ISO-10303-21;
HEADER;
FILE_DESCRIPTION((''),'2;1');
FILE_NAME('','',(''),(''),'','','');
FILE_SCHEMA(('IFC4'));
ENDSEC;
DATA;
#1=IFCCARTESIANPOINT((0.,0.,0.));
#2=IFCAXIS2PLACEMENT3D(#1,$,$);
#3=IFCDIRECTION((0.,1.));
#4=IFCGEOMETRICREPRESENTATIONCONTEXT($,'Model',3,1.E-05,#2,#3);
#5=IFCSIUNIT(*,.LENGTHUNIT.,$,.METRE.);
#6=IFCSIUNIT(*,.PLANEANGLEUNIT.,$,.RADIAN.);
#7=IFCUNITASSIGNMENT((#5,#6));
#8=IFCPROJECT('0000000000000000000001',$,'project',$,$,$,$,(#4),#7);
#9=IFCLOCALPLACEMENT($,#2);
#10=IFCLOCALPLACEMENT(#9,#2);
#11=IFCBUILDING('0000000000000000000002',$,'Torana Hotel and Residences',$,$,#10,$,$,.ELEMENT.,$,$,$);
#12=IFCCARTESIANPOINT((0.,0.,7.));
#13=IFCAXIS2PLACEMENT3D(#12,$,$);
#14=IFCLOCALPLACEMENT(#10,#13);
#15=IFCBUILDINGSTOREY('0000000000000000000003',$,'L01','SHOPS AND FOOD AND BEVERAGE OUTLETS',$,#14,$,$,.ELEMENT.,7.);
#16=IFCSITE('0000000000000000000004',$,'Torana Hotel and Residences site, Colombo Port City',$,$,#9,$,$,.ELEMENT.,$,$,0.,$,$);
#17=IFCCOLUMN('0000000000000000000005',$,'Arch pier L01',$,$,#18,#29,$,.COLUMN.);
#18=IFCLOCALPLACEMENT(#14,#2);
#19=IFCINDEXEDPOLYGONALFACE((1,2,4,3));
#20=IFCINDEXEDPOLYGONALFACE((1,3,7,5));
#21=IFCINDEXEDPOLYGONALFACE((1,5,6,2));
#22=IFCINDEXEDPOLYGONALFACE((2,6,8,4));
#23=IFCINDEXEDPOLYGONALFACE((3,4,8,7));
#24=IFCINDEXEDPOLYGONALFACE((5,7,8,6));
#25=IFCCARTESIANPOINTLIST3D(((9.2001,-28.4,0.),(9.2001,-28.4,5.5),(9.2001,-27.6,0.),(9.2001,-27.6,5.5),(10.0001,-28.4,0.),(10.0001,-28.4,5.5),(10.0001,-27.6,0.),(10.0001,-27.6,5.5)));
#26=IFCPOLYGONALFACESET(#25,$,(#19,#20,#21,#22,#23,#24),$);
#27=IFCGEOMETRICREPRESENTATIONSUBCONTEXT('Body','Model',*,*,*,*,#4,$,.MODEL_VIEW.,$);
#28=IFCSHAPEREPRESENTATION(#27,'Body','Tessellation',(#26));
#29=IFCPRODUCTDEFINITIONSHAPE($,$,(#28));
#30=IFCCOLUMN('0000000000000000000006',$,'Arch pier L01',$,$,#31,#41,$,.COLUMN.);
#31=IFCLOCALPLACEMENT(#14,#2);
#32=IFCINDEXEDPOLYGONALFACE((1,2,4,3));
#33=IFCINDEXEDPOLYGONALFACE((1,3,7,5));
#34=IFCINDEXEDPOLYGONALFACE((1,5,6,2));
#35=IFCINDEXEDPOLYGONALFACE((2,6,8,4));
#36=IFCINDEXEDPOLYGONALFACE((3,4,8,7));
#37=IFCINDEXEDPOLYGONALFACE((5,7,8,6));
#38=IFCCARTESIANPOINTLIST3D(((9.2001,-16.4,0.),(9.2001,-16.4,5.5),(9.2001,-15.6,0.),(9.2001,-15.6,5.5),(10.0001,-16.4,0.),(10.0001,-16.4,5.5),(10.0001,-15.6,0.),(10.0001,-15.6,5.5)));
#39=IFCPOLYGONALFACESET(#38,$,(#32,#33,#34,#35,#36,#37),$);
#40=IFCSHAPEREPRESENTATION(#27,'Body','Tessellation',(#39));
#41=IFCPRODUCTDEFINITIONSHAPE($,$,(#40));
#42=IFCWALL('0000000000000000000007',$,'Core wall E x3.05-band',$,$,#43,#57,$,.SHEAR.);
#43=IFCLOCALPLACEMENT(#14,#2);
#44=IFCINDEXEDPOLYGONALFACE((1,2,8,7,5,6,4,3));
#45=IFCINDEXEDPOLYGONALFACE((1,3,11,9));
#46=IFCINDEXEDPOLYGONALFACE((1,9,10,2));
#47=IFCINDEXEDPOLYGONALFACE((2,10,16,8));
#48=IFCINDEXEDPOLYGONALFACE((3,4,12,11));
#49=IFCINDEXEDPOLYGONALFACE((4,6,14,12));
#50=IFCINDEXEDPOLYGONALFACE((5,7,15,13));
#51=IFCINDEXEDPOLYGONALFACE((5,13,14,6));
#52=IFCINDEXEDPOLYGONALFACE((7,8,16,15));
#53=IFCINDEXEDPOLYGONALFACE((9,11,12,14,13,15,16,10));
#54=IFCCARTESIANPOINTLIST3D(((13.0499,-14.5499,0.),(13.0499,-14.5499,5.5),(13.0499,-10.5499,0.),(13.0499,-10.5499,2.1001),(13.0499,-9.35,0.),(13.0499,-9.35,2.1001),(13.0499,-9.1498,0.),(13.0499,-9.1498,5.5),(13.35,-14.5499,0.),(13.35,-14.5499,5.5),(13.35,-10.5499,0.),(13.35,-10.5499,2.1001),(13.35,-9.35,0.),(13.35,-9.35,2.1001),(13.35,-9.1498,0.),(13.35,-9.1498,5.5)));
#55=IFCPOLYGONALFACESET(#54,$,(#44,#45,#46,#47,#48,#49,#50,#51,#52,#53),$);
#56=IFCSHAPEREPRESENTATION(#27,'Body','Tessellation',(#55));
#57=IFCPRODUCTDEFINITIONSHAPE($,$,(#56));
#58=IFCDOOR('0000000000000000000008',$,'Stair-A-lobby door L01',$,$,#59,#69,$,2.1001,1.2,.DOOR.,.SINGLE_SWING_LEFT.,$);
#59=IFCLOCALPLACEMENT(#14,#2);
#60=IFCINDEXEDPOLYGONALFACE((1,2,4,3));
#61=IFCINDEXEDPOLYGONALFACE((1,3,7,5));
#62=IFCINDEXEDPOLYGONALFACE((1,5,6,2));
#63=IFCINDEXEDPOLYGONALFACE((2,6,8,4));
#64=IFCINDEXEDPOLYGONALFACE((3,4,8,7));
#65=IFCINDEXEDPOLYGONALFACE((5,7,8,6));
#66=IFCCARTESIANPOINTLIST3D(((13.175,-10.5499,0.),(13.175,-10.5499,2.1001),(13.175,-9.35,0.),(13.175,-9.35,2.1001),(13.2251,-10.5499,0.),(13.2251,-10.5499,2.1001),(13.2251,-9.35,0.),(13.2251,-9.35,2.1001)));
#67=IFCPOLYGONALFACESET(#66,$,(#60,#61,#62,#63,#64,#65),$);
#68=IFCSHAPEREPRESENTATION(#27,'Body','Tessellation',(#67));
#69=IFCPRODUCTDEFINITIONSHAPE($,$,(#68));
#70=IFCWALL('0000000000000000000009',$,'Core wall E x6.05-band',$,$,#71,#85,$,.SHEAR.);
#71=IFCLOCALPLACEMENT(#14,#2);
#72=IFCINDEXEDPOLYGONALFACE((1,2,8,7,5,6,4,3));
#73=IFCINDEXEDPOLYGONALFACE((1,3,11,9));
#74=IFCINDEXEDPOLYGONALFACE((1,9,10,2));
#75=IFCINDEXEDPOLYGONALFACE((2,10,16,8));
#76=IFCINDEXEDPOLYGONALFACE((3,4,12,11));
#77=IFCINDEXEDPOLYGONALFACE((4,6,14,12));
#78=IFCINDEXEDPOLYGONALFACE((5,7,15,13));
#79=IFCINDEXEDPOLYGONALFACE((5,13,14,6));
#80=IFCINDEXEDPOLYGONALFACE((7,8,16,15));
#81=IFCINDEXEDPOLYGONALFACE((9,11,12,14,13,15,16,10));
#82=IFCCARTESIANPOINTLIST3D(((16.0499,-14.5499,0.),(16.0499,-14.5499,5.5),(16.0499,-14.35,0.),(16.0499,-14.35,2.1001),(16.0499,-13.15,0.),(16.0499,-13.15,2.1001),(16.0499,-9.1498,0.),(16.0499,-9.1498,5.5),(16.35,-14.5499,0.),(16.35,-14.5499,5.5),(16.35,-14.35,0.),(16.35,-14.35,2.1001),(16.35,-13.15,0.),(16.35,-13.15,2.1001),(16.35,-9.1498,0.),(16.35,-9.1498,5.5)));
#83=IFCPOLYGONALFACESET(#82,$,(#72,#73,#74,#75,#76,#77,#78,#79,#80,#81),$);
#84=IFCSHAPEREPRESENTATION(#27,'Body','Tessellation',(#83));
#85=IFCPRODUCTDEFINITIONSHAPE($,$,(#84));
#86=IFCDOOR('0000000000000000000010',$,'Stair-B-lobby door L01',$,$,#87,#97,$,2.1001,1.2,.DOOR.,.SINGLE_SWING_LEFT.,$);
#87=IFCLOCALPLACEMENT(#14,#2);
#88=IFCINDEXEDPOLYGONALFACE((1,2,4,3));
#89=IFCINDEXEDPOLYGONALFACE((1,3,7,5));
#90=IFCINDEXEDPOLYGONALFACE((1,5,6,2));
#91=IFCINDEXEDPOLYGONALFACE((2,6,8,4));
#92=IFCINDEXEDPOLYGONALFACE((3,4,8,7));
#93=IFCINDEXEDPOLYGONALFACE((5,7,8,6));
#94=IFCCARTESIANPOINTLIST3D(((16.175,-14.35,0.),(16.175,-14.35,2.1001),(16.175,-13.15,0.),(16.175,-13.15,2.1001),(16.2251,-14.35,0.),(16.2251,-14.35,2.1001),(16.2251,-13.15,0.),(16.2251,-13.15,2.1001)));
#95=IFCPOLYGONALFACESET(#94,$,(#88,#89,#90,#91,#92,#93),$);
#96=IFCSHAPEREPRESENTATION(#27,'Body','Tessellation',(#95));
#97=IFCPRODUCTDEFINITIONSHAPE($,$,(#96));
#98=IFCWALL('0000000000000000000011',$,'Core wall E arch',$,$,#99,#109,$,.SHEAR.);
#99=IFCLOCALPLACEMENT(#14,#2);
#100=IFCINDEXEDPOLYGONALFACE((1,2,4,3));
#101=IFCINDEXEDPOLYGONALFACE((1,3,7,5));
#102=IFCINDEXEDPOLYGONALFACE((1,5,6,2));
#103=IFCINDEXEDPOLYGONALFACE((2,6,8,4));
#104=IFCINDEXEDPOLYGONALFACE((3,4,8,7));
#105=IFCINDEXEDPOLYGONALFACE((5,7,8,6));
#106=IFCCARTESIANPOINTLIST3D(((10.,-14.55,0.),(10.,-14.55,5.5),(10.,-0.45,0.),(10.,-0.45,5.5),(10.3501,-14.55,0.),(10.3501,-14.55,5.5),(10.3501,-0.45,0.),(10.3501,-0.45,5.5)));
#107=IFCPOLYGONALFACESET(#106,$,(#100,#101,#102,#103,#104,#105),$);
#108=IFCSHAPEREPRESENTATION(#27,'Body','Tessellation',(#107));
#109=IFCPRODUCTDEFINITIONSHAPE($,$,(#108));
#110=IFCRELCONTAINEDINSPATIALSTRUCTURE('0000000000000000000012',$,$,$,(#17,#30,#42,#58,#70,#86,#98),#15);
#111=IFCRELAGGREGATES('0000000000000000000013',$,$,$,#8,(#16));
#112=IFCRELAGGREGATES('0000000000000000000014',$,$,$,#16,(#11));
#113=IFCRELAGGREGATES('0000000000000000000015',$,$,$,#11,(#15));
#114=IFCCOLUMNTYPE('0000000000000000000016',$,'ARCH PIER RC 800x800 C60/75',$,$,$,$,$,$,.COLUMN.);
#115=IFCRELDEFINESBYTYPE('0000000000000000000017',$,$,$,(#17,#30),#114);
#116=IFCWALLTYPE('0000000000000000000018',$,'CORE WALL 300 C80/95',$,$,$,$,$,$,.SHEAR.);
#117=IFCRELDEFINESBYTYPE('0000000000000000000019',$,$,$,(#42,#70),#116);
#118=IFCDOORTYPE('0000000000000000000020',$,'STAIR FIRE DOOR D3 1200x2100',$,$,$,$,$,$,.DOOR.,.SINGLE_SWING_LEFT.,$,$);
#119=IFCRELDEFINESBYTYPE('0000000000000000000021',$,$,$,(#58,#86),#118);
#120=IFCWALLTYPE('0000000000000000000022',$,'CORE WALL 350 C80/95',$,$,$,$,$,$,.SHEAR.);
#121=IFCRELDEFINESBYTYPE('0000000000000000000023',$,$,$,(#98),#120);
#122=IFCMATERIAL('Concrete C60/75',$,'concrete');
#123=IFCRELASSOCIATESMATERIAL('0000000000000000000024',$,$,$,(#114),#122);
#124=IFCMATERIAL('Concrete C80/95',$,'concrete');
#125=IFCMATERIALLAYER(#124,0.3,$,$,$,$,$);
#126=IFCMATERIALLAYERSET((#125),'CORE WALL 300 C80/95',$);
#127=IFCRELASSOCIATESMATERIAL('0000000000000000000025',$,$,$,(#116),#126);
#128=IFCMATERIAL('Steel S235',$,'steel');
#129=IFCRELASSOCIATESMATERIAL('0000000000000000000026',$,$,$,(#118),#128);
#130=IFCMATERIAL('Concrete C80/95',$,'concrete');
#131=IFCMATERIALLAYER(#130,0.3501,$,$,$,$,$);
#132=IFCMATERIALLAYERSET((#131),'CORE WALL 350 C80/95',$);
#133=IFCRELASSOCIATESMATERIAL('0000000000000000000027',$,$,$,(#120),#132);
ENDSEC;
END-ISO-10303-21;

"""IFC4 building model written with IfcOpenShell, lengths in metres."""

from ifc_helpers import new_model, si_unit, direction, frame, frame_2d, origin, origin_2d, place, context, subcontext, project, spatial, rectangle, extrude, material, layer, layer_set, material_profile, profile_set, type_object, element, fill, save


model = new_model("IFC4")

# Units and contexts
model_context = context("Model", 3, precision=1e-05, world=origin(), true_north=direction((0.0, 1.0)))
body_context = subcontext(model_context, "Body", "Model", "MODEL_VIEW")
ifc_project = project(units=[si_unit("LENGTHUNIT", "METRE"), si_unit("PLANEANGLEUNIT", "RADIAN")], contexts=[model_context])

# Site, building, storey
site_placement = place(None, origin())
site = spatial("IfcSite", under=ifc_project, at=site_placement, Name="Torana Hotel and Residences site, Colombo Port City", CompositionType="ELEMENT", RefElevation=0.0)
building_placement = place(site_placement, origin())
building = spatial("IfcBuilding", under=site, at=building_placement, Name="Torana Hotel and Residences", CompositionType="ELEMENT")
storey_placement = place(building_placement, frame((0.0, 0.0, 7.0)))
storey = spatial("IfcBuildingStorey", under=building, at=storey_placement, Name="L01", Description="SHOPS AND FOOD AND BEVERAGE OUTLETS", CompositionType="ELEMENT", Elevation=7.0)

# Columns
ifc_material_1 = material(Name="Concrete C60/75", Category="concrete")
ifc_material_profile = material_profile(ifc_material_1, rectangle(XDim=0.8, YDim=0.8, at=origin_2d()), Name="RC 800x800")
ifc_profile_set = profile_set([ifc_material_profile], Name="Concrete C60/75")
column_type = type_object("IfcColumnType", Name="ARCH PIER RC 800x800 C60/75", PredefinedType="COLUMN", material=ifc_profile_set)
for number, where, z_axis, x_axis, name in (
    (1, (9.6001, -28.0, 0.0), (0.0, 0.0, 1.0), (1.0, 0.0, 0.0), "Arch pier L01"),
    (2, (9.6001, -16.0, 0.0), (0.0, 0.0, 1.0), (1.0, 0.0, 0.0), "Arch pier L01"),
):
    element("IfcColumn", number, at=place(storey_placement, frame(where, z_axis=z_axis, x_axis=x_axis)), inside=storey, type_object=column_type, Name=name, PredefinedType="COLUMN", context=body_context, shape_type="SweptSolid", body=[
        extrude(rectangle(XDim=0.8, YDim=0.8, at=origin_2d()), origin(), (0.0, 0.0, 1.0), 5.5),
    ])

# Walls, openings, doors
ifc_material_2 = material(Name="Concrete C80/95", Category="concrete")
ifc_layer_1 = layer(ifc_material_2, 0.3)
ifc_layer_set_1 = layer_set([ifc_layer_1], Name="CORE WALL 300 C80/95")
wall_type_1 = type_object("IfcWallType", Name="CORE WALL 300 C80/95", PredefinedType="SHEAR", material=ifc_layer_set_1)
wall_1_placement = place(storey_placement, frame((13.2, -14.55, 0.0), z_axis=(0.0, 0.0, 1.0), x_axis=(0.0, 1.0, 0.0)))
wall_1 = element("IfcWall", 3, at=wall_1_placement, inside=storey, type_object=wall_type_1, Name="Core wall E x3.05-band", PredefinedType="SHEAR", context=body_context, shape_type="SweptSolid", body=[
    extrude(rectangle(XDim=5.4001, YDim=0.3, at=frame_2d((2.7002, 0.0))), origin(), (0.0, 0.0, 1.0), 5.5),
])
opening_1_placement = place(wall_1_placement, frame((4.0, 0.0, 0.0)))
opening_1 = element("IfcOpeningElement", 4, at=opening_1_placement, cuts=wall_1, PredefinedType="OPENING", context=body_context, shape_type="SweptSolid", body=[
    extrude(rectangle(XDim=1.2, YDim=2.1001, at=frame_2d((0.6001, 1.05))), frame((0.0, 0.1599, 0.0), z_axis=(0.0, -1.0, 0.0), x_axis=(1.0, 0.0, 0.0)), (0.0, 0.0, 1.0), 0.3201),
])
ifc_material_3 = material(Name="Steel S235", Category="steel")
door_type_1 = type_object("IfcDoorType", Name="STAIR FIRE DOOR D3 1200x2100", OperationType="SINGLE_SWING_LEFT", PredefinedType="DOOR", material=ifc_material_3)
door_1_placement = place(opening_1_placement, origin())
door_1 = element("IfcDoor", 5, at=door_1_placement, inside=storey, type_object=door_type_1, Name="Stair-A-lobby door L01", OperationType="SINGLE_SWING_LEFT", OverallHeight=2.1001, OverallWidth=1.2, PredefinedType="DOOR", context=body_context, shape_type="SweptSolid", body=[
    extrude(rectangle(XDim=1.2, YDim=2.1001, at=frame_2d((0.6001, 1.05))), frame((0.0, 0.0249, 0.0), z_axis=(0.0, -1.0, 0.0), x_axis=(1.0, 0.0, 0.0)), (0.0, 0.0, 1.0), 0.05),
])
fill(opening_1, door_1)
wall_2_placement = place(storey_placement, frame((16.2, -14.55, 0.0), z_axis=(0.0, 0.0, 1.0), x_axis=(0.0, 1.0, 0.0)))
wall_2 = element("IfcWall", 6, at=wall_2_placement, inside=storey, type_object=wall_type_1, Name="Core wall E x6.05-band", PredefinedType="SHEAR", context=body_context, shape_type="SweptSolid", body=[
    extrude(rectangle(XDim=5.4001, YDim=0.3, at=frame_2d((2.7002, 0.0))), origin(), (0.0, 0.0, 1.0), 5.5),
])
opening_2_placement = place(wall_2_placement, frame((0.2, 0.0, 0.0)))
opening_2 = element("IfcOpeningElement", 7, at=opening_2_placement, cuts=wall_2, PredefinedType="OPENING", context=body_context, shape_type="SweptSolid", body=[
    extrude(rectangle(XDim=1.2, YDim=2.1001, at=frame_2d((0.6001, 1.05))), frame((0.0, 0.1599, 0.0), z_axis=(0.0, -1.0, 0.0), x_axis=(1.0, 0.0, 0.0)), (0.0, 0.0, 1.0), 0.3201),
])
door_2_placement = place(opening_2_placement, frame((0.6001, 0.0, 0.0), z_axis=(0.0, 0.0, 1.0), x_axis=(-1.0, 0.0, 0.0)))
door_2 = element("IfcDoor", 8, at=door_2_placement, inside=storey, type_object=door_type_1, Name="Stair-B-lobby door L01", OperationType="SINGLE_SWING_LEFT", OverallHeight=2.1001, OverallWidth=1.2, PredefinedType="DOOR", context=body_context, shape_type="SweptSolid", body=[
    extrude(rectangle(XDim=1.2, YDim=2.1001, at=frame_2d((0.0, 1.05))), frame((0.0, -0.0249, 0.0), z_axis=(0.0, 1.0, 0.0), x_axis=(-1.0, 0.0, 0.0)), (0.0, 0.0, 1.0), 0.05),
])
fill(opening_2, door_2)

# Wall
ifc_material_4 = material(Name="Concrete C80/95", Category="concrete")
ifc_layer_2 = layer(ifc_material_4, 0.3501)
ifc_layer_set_2 = layer_set([ifc_layer_2], Name="CORE WALL 350 C80/95")
wall_type_2 = type_object("IfcWallType", Name="CORE WALL 350 C80/95", PredefinedType="SHEAR", material=ifc_layer_set_2)
wall_3_placement = place(storey_placement, frame((10.175, -14.55, 0.0), z_axis=(0.0, 0.0, 1.0), x_axis=(0.0, 1.0, 0.0)))
element("IfcWall", 9, at=wall_3_placement, inside=storey, type_object=wall_type_2, Name="Core wall E arch", PredefinedType="SHEAR", context=body_context, shape_type="SweptSolid", body=[
    extrude(rectangle(XDim=14.1001, YDim=0.3501, at=frame_2d((7.05, 0.0))), origin(), (0.0, 0.0, 1.0), 5.5),
])

save(model, "model.ifc")
